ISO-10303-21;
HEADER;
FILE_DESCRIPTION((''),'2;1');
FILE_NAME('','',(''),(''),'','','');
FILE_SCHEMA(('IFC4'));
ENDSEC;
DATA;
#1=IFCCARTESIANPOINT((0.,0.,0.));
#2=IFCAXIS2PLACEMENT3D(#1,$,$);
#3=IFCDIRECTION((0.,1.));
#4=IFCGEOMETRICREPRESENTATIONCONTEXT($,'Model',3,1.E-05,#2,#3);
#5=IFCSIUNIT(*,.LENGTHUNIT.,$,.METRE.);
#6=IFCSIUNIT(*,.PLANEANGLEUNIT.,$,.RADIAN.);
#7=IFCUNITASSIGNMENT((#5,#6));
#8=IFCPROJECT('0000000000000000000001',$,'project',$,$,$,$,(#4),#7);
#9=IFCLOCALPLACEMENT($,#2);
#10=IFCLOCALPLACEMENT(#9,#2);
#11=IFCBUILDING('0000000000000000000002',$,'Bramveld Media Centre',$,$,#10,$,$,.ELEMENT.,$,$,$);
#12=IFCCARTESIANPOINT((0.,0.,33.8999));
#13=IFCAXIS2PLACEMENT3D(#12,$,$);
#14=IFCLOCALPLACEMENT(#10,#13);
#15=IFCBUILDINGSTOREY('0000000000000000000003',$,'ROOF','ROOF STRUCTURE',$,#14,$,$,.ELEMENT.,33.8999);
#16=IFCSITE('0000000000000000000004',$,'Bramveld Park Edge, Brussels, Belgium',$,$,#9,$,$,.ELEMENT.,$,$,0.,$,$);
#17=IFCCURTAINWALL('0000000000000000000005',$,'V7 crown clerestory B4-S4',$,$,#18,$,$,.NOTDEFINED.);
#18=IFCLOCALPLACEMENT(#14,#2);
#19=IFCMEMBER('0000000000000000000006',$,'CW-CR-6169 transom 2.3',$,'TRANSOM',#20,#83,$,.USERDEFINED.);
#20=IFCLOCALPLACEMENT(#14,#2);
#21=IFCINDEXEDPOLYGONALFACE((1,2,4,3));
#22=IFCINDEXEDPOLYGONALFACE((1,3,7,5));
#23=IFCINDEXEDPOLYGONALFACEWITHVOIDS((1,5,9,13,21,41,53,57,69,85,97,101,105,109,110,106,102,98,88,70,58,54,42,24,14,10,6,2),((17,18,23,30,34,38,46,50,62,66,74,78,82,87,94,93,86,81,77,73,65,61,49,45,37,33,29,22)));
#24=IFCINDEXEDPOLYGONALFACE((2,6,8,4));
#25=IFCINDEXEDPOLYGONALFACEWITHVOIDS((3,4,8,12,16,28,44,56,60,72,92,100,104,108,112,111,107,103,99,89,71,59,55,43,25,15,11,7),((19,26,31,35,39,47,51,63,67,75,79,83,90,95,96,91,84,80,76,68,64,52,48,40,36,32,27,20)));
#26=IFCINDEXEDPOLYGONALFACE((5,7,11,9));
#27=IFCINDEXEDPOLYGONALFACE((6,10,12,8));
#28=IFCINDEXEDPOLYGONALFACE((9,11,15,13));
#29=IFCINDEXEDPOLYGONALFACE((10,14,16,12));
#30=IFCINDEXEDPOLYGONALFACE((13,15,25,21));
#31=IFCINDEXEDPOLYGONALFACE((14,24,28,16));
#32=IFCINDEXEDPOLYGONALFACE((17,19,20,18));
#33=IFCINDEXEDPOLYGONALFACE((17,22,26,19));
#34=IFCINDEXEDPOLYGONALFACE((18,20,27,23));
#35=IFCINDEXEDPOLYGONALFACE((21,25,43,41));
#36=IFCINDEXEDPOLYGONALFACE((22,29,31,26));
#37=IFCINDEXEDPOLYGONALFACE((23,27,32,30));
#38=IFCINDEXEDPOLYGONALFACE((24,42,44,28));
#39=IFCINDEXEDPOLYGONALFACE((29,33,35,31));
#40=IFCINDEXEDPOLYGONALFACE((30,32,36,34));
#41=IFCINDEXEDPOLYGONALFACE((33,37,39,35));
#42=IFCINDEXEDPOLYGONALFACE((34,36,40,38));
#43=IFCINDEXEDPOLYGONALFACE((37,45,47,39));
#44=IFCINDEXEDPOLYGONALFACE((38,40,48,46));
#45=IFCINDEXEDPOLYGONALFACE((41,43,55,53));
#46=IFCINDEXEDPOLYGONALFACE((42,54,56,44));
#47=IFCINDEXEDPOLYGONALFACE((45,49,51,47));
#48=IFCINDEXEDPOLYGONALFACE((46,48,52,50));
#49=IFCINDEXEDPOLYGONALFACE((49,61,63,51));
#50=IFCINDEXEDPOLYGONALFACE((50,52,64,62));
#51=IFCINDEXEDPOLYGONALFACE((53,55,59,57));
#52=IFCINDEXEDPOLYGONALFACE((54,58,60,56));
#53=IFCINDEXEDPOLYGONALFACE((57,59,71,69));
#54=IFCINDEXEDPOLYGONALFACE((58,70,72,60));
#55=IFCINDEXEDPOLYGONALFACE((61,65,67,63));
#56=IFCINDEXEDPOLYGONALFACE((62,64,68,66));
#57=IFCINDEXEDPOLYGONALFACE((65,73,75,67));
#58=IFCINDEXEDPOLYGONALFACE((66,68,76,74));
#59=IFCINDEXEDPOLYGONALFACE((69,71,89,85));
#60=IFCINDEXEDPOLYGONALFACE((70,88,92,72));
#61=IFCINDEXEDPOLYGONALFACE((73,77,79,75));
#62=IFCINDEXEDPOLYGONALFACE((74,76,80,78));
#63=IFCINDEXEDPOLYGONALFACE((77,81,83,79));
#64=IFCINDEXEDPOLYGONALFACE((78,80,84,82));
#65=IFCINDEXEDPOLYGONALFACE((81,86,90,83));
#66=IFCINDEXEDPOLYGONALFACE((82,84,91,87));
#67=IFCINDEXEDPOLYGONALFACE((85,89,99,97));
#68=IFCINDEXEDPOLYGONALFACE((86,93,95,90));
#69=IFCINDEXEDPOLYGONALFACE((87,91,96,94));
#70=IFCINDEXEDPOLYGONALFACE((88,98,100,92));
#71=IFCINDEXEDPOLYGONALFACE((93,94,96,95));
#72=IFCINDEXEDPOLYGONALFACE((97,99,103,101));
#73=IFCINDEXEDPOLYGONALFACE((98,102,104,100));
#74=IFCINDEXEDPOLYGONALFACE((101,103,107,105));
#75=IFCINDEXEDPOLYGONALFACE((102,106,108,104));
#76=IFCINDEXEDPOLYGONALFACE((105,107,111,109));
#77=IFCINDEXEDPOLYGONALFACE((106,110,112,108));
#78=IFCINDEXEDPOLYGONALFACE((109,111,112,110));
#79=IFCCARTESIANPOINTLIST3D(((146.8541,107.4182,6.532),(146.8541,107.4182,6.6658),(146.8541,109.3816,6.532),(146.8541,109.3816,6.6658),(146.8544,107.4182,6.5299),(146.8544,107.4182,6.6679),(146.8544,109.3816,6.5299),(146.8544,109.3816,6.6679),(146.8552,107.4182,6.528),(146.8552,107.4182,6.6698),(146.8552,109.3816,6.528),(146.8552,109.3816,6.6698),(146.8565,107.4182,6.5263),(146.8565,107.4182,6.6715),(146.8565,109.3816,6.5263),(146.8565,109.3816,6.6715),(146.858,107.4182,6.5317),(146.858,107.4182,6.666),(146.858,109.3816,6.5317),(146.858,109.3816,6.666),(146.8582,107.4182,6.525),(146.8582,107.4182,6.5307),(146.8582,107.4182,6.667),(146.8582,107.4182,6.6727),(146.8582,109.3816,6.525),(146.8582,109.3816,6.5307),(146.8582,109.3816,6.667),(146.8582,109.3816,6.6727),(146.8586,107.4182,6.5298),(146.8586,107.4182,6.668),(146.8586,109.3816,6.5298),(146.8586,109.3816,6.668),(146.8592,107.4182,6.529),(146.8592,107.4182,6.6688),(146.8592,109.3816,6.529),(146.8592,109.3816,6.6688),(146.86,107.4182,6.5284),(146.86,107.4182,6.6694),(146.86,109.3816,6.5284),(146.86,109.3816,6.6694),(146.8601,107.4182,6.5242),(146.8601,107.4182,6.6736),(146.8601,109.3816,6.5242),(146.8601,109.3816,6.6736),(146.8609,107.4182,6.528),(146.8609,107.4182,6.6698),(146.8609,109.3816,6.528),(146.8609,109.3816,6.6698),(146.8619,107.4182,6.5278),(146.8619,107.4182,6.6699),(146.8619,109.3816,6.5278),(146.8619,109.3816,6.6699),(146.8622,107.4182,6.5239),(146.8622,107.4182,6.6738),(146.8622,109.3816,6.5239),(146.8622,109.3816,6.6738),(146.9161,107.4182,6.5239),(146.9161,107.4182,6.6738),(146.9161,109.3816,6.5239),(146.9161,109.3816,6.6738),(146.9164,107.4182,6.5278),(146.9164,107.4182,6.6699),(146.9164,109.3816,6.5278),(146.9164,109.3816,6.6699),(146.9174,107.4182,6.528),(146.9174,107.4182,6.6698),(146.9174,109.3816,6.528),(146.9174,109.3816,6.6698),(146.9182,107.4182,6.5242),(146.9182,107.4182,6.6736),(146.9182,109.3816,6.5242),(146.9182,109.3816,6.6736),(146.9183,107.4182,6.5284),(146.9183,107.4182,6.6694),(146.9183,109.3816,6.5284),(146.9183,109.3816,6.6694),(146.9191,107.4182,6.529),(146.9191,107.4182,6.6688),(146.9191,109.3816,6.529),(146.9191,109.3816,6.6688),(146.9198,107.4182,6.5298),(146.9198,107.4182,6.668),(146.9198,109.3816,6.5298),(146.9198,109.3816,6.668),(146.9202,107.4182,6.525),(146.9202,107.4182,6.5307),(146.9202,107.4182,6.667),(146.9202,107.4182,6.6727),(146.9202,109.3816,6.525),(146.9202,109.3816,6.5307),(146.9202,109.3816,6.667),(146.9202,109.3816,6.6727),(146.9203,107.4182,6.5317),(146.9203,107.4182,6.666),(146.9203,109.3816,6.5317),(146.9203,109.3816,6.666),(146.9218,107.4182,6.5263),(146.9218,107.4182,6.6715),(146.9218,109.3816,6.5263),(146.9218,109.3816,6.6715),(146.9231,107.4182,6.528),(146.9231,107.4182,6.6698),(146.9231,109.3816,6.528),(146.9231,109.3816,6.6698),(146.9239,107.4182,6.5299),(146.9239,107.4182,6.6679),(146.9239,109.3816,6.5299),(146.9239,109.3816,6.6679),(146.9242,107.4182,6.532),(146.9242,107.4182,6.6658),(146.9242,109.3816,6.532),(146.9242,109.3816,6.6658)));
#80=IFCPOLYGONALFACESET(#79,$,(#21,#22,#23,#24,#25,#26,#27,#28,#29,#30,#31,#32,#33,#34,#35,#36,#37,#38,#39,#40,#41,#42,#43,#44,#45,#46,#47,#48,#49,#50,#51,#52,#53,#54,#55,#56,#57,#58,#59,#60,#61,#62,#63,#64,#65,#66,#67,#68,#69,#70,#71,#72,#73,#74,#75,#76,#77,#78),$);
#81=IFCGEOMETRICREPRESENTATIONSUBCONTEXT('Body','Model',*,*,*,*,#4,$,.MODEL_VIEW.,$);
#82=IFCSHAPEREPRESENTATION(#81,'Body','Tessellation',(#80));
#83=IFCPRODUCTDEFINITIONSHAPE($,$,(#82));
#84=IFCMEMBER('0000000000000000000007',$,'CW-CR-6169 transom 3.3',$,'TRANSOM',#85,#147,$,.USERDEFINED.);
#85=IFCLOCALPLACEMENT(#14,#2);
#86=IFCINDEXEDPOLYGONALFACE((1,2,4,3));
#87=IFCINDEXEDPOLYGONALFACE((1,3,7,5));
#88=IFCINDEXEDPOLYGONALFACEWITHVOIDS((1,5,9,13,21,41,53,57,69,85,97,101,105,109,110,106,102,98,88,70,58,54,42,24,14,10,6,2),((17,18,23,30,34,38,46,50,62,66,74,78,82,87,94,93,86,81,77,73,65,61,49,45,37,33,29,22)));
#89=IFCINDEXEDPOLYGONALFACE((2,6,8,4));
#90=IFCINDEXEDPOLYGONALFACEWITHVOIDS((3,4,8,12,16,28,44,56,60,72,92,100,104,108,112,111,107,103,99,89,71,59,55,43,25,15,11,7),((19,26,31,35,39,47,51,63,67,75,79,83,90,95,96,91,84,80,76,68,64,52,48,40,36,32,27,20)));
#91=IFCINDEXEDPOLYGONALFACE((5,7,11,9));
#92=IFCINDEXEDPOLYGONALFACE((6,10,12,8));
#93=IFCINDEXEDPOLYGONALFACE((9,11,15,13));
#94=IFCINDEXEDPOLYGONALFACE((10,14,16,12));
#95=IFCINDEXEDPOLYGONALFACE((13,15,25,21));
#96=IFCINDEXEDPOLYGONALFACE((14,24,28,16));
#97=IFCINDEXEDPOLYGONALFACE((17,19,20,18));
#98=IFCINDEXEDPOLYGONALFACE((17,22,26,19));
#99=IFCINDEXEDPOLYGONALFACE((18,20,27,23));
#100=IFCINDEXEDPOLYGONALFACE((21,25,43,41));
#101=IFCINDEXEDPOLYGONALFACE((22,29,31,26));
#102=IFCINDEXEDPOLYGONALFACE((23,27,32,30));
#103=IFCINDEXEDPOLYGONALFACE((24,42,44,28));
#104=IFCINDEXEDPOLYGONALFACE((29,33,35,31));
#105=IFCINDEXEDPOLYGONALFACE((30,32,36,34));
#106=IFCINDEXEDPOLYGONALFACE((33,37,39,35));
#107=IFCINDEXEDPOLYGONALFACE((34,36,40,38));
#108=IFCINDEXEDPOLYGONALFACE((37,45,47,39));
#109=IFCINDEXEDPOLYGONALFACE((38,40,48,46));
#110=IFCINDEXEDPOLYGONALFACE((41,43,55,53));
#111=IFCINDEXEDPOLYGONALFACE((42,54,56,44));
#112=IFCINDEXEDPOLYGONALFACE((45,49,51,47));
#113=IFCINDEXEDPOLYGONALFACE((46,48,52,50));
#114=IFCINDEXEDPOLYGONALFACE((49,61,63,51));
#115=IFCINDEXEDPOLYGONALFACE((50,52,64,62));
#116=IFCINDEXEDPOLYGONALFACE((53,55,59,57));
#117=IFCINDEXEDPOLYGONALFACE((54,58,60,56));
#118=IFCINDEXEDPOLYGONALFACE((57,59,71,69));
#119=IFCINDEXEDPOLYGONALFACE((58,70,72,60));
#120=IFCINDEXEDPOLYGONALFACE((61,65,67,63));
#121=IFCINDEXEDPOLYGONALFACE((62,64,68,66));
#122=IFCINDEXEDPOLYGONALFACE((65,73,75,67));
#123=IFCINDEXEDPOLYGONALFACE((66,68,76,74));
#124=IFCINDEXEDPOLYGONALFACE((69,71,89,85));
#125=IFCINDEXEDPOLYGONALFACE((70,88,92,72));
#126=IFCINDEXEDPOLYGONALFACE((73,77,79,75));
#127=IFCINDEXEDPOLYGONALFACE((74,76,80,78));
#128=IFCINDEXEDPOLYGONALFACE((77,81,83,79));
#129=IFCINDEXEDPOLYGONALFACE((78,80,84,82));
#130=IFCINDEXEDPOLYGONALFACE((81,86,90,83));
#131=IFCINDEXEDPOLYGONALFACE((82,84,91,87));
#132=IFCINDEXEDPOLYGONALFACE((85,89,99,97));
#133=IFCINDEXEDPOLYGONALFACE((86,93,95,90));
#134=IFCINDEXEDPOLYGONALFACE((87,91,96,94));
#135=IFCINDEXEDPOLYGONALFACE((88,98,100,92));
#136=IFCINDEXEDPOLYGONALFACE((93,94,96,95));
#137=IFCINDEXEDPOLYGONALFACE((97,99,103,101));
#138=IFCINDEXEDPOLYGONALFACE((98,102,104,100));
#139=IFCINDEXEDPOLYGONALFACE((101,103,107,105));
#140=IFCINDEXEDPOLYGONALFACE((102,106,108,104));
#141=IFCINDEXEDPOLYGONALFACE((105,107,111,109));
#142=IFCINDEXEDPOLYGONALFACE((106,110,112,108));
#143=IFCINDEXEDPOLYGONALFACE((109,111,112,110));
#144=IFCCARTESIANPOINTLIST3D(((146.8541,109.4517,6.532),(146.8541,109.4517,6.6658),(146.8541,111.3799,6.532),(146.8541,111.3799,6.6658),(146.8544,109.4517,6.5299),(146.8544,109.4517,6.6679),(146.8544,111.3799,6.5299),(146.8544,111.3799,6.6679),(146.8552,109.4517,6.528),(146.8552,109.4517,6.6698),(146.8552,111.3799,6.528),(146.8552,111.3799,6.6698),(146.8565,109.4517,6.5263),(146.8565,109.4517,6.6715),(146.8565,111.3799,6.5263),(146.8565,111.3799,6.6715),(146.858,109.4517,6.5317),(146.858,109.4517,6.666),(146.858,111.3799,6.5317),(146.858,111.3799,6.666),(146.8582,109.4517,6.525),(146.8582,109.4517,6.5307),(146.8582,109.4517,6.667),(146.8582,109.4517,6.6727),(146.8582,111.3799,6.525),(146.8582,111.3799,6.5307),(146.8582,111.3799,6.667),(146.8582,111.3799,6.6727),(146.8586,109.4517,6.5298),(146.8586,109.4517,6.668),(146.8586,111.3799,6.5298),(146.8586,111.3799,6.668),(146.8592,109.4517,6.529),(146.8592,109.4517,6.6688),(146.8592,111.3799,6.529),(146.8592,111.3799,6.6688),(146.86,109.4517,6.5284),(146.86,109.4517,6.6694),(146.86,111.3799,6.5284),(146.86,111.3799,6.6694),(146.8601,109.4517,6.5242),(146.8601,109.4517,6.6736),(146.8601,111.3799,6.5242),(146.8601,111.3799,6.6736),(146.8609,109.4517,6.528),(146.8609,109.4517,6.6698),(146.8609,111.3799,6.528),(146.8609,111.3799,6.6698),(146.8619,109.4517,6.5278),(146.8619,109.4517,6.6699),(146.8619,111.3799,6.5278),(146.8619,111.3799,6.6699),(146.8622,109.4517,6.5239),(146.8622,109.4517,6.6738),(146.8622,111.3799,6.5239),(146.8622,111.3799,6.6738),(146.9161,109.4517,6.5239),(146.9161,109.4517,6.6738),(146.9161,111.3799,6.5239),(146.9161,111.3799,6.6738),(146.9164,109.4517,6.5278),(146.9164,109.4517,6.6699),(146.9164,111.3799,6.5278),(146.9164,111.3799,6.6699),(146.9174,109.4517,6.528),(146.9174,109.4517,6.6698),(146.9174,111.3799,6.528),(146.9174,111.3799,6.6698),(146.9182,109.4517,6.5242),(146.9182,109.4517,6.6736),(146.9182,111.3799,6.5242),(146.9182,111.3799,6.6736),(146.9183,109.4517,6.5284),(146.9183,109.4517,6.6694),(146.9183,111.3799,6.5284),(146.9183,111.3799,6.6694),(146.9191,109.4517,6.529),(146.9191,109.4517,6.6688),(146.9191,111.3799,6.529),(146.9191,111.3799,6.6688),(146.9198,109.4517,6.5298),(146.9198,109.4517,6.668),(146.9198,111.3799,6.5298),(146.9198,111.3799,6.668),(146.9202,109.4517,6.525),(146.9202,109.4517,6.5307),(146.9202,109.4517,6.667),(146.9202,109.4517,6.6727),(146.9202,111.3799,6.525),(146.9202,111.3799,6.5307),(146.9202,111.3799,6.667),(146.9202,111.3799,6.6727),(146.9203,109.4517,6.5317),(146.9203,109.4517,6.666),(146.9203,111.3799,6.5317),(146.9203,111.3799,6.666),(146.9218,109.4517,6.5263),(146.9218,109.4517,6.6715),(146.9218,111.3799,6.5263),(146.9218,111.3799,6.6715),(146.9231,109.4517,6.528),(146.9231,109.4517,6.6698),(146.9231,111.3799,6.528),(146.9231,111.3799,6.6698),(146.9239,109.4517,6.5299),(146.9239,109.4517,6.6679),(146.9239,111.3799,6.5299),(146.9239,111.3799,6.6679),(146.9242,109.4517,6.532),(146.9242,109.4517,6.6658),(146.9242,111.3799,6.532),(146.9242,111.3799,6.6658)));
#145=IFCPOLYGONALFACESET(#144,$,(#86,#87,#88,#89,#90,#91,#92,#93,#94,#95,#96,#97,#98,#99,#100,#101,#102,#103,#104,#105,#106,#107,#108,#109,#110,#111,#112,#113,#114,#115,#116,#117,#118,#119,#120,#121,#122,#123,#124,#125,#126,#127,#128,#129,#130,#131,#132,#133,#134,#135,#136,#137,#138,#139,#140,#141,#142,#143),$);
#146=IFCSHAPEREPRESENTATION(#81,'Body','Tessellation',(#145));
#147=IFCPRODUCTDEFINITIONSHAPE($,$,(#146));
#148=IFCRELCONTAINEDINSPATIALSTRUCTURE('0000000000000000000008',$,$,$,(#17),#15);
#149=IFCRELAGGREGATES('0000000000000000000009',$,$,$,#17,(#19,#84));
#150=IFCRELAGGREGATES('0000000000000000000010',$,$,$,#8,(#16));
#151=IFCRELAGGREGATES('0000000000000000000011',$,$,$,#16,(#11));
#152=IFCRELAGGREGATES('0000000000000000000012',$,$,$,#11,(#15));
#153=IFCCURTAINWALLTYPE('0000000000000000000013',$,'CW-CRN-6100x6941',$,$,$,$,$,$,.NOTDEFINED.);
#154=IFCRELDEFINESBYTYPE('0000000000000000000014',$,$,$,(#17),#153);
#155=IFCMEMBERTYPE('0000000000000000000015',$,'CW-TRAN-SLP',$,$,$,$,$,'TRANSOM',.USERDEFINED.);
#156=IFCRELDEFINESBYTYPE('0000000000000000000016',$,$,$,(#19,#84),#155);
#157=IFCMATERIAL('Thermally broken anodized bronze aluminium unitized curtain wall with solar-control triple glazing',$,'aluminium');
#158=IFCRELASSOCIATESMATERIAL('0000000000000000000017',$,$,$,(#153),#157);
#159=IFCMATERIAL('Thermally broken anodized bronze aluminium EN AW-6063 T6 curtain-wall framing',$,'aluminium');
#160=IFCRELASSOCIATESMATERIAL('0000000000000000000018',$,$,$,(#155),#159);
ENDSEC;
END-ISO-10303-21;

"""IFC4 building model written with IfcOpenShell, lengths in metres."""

from ifc_helpers import new_model, si_unit, direction, frame, origin, origin_2d, place, context, subcontext, project, spatial, hollow_rectangle, extrude, material, material_profile, profile_set, type_object, element, aggregate, save


model = new_model("IFC4")

# Units and contexts
model_context = context("Model", 3, precision=1e-05, world=origin(), true_north=direction((0.0, 1.0)))
body_context = subcontext(model_context, "Body", "Model", "MODEL_VIEW")
ifc_project = project(units=[si_unit("LENGTHUNIT", "METRE"), si_unit("PLANEANGLEUNIT", "RADIAN")], contexts=[model_context])

# Site, building, storey
site_placement = place(None, origin())
site = spatial("IfcSite", under=ifc_project, at=site_placement, Name="Bramveld Park Edge, Brussels, Belgium", CompositionType="ELEMENT", RefElevation=0.0)
building_placement = place(site_placement, origin())
building = spatial("IfcBuilding", under=site, at=building_placement, Name="Bramveld Media Centre", CompositionType="ELEMENT")
storey_placement = place(building_placement, frame((0.0, 0.0, 33.8999)))
storey = spatial("IfcBuildingStorey", under=building, at=storey_placement, Name="ROOF", Description="ROOF STRUCTURE", CompositionType="ELEMENT", Elevation=33.8999)

# Curtain wall, members
ifc_material_1 = material(Name="Thermally broken anodized bronze aluminium unitized curtain wall with solar-control triple glazing", Category="aluminium")
curtain_wall_type = type_object("IfcCurtainWallType", Name="CW-CRN-6100x6941", PredefinedType="NOTDEFINED", material=ifc_material_1)
ifc_material_2 = material(Name="Thermally broken anodized bronze aluminium EN AW-6063 T6 curtain-wall framing", Category="aluminium")
ifc_material_profile_1 = material_profile(ifc_material_2, hollow_rectangle(XDim=0.0701, YDim=0.1499, WallThickness=0.0039, InnerFilletRadius=0.0039, OuterFilletRadius=0.0081, at=origin_2d()), Name="AL-TRAN 70x150")
ifc_profile_set_1 = profile_set([ifc_material_profile_1], Name="Thermally broken anodized bronze aluminium EN AW-6063 T6 curtain-wall framing")
member_type_1 = type_object("IfcMemberType", Name="CW-TRAN-SLP", ElementType="TRANSOM", PredefinedType="USERDEFINED", material=ifc_profile_set_1)
curtain_wall_1_placement = place(storey_placement, origin())
curtain_wall_1 = element("IfcCurtainWall", 1, at=curtain_wall_1_placement, inside=storey, type_object=curtain_wall_type, Name="V7 crown clerestory B4-S4", PredefinedType="NOTDEFINED")
member_1_placement = place(storey_placement, frame((146.8892, 107.4182, 6.5989), z_axis=(0.0, 1.0, 0.0), x_axis=(-1.0, 0.0, 0.0)))
member_1 = element("IfcMember", 2, at=member_1_placement, type_object=member_type_1, Name="CW-CR-6169 transom 2.3", ObjectType="TRANSOM", PredefinedType="USERDEFINED", context=body_context, shape_type="SweptSolid", body=[
    extrude(hollow_rectangle(XDim=0.0701, YDim=0.1499, WallThickness=0.0039, InnerFilletRadius=0.0039, OuterFilletRadius=0.0081, at=origin_2d()), origin(), (0.0, 0.0, 1.0), 1.9634),
])
member_2_placement = place(storey_placement, frame((146.8892, 109.4517, 6.5989), z_axis=(0.0, 1.0, 0.0), x_axis=(-1.0, 0.0, 0.0)))
member_2 = element("IfcMember", 3, at=member_2_placement, type_object=member_type_1, Name="CW-CR-6169 transom 3.3", ObjectType="TRANSOM", PredefinedType="USERDEFINED", context=body_context, shape_type="SweptSolid", body=[
    extrude(hollow_rectangle(XDim=0.0701, YDim=0.1499, WallThickness=0.0039, InnerFilletRadius=0.0039, OuterFilletRadius=0.0081, at=origin_2d()), origin(), (0.0, 0.0, 1.0), 1.9282),
])
aggregate(curtain_wall_1, [member_1, member_2])

save(model, "model.ifc")
